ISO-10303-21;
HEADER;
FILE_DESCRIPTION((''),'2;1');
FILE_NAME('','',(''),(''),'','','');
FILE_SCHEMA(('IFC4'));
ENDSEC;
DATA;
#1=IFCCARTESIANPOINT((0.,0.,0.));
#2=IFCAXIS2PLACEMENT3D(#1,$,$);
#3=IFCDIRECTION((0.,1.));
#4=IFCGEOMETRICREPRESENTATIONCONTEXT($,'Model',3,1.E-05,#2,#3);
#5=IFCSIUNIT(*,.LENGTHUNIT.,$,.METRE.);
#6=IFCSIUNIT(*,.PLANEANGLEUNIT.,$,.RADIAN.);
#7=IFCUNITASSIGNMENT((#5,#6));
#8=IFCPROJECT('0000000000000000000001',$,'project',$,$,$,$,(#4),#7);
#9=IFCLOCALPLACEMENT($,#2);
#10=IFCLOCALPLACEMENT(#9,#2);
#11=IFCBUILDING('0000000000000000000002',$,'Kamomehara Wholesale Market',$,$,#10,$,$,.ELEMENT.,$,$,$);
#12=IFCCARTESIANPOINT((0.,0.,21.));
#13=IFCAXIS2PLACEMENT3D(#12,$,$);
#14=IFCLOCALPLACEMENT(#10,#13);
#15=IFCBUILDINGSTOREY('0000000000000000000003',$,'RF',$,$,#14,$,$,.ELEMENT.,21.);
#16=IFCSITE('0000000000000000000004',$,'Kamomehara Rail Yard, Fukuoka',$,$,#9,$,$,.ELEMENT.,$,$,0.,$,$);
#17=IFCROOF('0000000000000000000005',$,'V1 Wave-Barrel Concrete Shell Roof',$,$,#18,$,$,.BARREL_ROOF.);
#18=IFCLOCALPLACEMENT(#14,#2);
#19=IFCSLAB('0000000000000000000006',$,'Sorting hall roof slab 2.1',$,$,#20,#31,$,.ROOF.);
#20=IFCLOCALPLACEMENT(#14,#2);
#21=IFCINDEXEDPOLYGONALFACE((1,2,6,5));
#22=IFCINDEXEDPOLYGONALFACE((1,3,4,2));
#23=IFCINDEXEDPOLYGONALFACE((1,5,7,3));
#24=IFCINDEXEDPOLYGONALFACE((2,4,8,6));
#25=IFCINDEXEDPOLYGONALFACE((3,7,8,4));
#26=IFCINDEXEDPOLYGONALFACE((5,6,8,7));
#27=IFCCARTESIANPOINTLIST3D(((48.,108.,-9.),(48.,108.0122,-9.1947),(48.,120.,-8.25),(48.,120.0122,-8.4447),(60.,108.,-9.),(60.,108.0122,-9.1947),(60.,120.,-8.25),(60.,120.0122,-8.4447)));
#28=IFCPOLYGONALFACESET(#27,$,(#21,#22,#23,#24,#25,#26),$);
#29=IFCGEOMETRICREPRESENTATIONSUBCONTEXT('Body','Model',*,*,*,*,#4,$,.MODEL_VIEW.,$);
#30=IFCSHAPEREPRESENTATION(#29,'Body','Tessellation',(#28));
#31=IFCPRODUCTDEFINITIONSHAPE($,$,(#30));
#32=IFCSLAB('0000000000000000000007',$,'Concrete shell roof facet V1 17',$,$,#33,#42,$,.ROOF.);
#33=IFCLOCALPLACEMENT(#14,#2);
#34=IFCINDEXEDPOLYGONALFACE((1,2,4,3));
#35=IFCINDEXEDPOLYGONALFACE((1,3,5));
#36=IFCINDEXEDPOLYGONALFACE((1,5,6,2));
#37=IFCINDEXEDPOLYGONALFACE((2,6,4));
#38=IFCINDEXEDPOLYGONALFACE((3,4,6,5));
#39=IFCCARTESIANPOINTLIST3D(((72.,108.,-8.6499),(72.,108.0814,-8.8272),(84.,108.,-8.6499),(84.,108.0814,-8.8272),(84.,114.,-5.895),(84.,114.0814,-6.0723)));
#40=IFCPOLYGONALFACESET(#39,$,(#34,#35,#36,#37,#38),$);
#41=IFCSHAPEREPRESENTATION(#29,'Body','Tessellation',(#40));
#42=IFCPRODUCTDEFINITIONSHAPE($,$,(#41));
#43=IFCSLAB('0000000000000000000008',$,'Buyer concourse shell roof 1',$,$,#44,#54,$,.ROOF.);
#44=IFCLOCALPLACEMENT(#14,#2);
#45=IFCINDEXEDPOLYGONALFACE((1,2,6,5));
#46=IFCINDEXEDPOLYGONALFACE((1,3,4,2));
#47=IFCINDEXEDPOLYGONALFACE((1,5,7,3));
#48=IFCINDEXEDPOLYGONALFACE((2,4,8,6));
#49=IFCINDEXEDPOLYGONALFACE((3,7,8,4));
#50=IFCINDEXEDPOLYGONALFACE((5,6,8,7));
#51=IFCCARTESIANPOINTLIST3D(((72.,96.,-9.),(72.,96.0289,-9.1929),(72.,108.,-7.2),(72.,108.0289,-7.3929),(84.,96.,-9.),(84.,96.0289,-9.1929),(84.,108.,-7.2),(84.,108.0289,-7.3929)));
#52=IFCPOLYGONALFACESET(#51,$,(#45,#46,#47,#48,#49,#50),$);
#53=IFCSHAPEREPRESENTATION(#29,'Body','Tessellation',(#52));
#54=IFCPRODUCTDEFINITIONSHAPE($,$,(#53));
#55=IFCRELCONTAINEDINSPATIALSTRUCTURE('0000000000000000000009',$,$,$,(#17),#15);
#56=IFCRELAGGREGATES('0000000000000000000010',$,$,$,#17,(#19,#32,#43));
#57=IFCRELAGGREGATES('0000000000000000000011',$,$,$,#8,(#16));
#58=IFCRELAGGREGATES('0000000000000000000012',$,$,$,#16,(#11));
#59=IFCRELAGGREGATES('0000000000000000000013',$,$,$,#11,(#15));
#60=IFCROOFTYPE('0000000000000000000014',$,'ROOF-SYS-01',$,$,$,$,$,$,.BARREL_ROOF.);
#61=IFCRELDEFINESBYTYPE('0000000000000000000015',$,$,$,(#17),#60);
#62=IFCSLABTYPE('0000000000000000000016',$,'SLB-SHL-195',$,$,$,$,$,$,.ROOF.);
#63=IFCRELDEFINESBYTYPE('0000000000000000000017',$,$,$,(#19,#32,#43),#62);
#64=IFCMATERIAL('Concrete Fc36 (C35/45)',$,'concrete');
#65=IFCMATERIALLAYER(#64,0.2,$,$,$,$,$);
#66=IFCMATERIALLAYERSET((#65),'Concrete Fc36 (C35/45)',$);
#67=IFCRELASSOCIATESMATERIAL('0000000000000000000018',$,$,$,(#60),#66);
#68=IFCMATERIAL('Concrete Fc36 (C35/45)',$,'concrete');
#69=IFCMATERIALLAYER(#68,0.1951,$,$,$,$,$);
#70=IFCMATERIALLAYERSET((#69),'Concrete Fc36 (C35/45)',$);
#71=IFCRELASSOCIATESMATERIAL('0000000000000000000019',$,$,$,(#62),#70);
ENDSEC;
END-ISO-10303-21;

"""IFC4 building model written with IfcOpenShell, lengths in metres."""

from ifc_helpers import new_model, si_unit, direction, frame, origin, place, context, subcontext, project, spatial, polyline, outline, extrude, material, layer, layer_set, type_object, element, aggregate, save


model = new_model("IFC4")

# Units and contexts
model_context = context("Model", 3, precision=1e-05, world=origin(), true_north=direction((0.0, 1.0)))
body_context = subcontext(model_context, "Body", "Model", "MODEL_VIEW")
ifc_project = project(units=[si_unit("LENGTHUNIT", "METRE"), si_unit("PLANEANGLEUNIT", "RADIAN")], contexts=[model_context])

# Site, building, storey
site_placement = place(None, origin())
site = spatial("IfcSite", under=ifc_project, at=site_placement, Name="Kamomehara Rail Yard, Fukuoka", CompositionType="ELEMENT", RefElevation=0.0)
building_placement = place(site_placement, origin())
building = spatial("IfcBuilding", under=site, at=building_placement, Name="Kamomehara Wholesale Market", CompositionType="ELEMENT")
storey_placement = place(building_placement, frame((0.0, 0.0, 21.0)))
storey = spatial("IfcBuildingStorey", under=building, at=storey_placement, Name="RF", CompositionType="ELEMENT", Elevation=21.0)

# Roof, slabs
ifc_material_1 = material(Name="Concrete Fc36 (C35/45)", Category="concrete")
ifc_layer_1 = layer(ifc_material_1, 0.2)
ifc_layer_set_1 = layer_set([ifc_layer_1], Name="Concrete Fc36 (C35/45)")
roof_type_1 = type_object("IfcRoofType", Name="ROOF-SYS-01", PredefinedType="BARREL_ROOF", material=ifc_layer_set_1)
roof_1_placement = place(storey_placement, origin())
roof_1 = element("IfcRoof", 1, at=roof_1_placement, inside=storey, type_object=roof_type_1, Name="V1 Wave-Barrel Concrete Shell Roof", PredefinedType="BARREL_ROOF")
ifc_material_2 = material(Name="Concrete Fc36 (C35/45)", Category="concrete")
ifc_layer_2 = layer(ifc_material_2, 0.1951)
ifc_layer_set_2 = layer_set([ifc_layer_2], Name="Concrete Fc36 (C35/45)")
slab_type_1 = type_object("IfcSlabType", Name="SLB-SHL-195", PredefinedType="ROOF", material=ifc_layer_set_2)
slab_1_placement = place(storey_placement, frame((48.0, 108.0, -9.0), z_axis=(0.0, -0.062378, 0.998053), x_axis=(1.0, 0.0, 0.0)))
slab_1 = element("IfcSlab", 2, at=slab_1_placement, type_object=slab_type_1, Name="Sorting hall roof slab 2.1", PredefinedType="ROOF", context=body_context, shape_type="SweptSolid", body=[
    extrude(outline(polyline([(0.0, 0.0), (12.0, 0.0), (12.0, 12.0234), (0.0, 12.0234), (0.0, 0.0)])), origin(), (0.0, 0.0, -1.0), 0.1951),
])
slab_2_placement = place(storey_placement, frame((72.0, 108.0, -8.6499), z_axis=(0.0, -0.417266, 0.908784), x_axis=(1.0, 0.0, 0.0)))
slab_2 = element("IfcSlab", 3, at=slab_2_placement, type_object=slab_type_1, Name="Concrete shell roof facet V1 17", PredefinedType="ROOF", context=body_context, shape_type="SweptSolid", body=[
    extrude(outline(polyline([(0.0, 0.0), (12.0, 0.0), (12.0, 6.6022), (0.0, 0.0)])), origin(), (0.0, 0.0, -1.0), 0.1951),
])
slab_3_placement = place(storey_placement, frame((72.0, 96.0, -9.0), z_axis=(0.0, -0.148344, 0.988936), x_axis=(1.0, 0.0, 0.0)))
slab_3 = element("IfcSlab", 4, at=slab_3_placement, type_object=slab_type_1, Name="Buyer concourse shell roof 1", PredefinedType="ROOF", context=body_context, shape_type="SweptSolid", body=[
    extrude(outline(polyline([(0.0, 0.0), (12.0, 0.0), (12.0, 12.1343), (0.0, 12.1343), (0.0, 0.0)])), origin(), (0.0, 0.0, -1.0), 0.1951),
])
aggregate(roof_1, [slab_1, slab_2, slab_3])

save(model, "model.ifc")
